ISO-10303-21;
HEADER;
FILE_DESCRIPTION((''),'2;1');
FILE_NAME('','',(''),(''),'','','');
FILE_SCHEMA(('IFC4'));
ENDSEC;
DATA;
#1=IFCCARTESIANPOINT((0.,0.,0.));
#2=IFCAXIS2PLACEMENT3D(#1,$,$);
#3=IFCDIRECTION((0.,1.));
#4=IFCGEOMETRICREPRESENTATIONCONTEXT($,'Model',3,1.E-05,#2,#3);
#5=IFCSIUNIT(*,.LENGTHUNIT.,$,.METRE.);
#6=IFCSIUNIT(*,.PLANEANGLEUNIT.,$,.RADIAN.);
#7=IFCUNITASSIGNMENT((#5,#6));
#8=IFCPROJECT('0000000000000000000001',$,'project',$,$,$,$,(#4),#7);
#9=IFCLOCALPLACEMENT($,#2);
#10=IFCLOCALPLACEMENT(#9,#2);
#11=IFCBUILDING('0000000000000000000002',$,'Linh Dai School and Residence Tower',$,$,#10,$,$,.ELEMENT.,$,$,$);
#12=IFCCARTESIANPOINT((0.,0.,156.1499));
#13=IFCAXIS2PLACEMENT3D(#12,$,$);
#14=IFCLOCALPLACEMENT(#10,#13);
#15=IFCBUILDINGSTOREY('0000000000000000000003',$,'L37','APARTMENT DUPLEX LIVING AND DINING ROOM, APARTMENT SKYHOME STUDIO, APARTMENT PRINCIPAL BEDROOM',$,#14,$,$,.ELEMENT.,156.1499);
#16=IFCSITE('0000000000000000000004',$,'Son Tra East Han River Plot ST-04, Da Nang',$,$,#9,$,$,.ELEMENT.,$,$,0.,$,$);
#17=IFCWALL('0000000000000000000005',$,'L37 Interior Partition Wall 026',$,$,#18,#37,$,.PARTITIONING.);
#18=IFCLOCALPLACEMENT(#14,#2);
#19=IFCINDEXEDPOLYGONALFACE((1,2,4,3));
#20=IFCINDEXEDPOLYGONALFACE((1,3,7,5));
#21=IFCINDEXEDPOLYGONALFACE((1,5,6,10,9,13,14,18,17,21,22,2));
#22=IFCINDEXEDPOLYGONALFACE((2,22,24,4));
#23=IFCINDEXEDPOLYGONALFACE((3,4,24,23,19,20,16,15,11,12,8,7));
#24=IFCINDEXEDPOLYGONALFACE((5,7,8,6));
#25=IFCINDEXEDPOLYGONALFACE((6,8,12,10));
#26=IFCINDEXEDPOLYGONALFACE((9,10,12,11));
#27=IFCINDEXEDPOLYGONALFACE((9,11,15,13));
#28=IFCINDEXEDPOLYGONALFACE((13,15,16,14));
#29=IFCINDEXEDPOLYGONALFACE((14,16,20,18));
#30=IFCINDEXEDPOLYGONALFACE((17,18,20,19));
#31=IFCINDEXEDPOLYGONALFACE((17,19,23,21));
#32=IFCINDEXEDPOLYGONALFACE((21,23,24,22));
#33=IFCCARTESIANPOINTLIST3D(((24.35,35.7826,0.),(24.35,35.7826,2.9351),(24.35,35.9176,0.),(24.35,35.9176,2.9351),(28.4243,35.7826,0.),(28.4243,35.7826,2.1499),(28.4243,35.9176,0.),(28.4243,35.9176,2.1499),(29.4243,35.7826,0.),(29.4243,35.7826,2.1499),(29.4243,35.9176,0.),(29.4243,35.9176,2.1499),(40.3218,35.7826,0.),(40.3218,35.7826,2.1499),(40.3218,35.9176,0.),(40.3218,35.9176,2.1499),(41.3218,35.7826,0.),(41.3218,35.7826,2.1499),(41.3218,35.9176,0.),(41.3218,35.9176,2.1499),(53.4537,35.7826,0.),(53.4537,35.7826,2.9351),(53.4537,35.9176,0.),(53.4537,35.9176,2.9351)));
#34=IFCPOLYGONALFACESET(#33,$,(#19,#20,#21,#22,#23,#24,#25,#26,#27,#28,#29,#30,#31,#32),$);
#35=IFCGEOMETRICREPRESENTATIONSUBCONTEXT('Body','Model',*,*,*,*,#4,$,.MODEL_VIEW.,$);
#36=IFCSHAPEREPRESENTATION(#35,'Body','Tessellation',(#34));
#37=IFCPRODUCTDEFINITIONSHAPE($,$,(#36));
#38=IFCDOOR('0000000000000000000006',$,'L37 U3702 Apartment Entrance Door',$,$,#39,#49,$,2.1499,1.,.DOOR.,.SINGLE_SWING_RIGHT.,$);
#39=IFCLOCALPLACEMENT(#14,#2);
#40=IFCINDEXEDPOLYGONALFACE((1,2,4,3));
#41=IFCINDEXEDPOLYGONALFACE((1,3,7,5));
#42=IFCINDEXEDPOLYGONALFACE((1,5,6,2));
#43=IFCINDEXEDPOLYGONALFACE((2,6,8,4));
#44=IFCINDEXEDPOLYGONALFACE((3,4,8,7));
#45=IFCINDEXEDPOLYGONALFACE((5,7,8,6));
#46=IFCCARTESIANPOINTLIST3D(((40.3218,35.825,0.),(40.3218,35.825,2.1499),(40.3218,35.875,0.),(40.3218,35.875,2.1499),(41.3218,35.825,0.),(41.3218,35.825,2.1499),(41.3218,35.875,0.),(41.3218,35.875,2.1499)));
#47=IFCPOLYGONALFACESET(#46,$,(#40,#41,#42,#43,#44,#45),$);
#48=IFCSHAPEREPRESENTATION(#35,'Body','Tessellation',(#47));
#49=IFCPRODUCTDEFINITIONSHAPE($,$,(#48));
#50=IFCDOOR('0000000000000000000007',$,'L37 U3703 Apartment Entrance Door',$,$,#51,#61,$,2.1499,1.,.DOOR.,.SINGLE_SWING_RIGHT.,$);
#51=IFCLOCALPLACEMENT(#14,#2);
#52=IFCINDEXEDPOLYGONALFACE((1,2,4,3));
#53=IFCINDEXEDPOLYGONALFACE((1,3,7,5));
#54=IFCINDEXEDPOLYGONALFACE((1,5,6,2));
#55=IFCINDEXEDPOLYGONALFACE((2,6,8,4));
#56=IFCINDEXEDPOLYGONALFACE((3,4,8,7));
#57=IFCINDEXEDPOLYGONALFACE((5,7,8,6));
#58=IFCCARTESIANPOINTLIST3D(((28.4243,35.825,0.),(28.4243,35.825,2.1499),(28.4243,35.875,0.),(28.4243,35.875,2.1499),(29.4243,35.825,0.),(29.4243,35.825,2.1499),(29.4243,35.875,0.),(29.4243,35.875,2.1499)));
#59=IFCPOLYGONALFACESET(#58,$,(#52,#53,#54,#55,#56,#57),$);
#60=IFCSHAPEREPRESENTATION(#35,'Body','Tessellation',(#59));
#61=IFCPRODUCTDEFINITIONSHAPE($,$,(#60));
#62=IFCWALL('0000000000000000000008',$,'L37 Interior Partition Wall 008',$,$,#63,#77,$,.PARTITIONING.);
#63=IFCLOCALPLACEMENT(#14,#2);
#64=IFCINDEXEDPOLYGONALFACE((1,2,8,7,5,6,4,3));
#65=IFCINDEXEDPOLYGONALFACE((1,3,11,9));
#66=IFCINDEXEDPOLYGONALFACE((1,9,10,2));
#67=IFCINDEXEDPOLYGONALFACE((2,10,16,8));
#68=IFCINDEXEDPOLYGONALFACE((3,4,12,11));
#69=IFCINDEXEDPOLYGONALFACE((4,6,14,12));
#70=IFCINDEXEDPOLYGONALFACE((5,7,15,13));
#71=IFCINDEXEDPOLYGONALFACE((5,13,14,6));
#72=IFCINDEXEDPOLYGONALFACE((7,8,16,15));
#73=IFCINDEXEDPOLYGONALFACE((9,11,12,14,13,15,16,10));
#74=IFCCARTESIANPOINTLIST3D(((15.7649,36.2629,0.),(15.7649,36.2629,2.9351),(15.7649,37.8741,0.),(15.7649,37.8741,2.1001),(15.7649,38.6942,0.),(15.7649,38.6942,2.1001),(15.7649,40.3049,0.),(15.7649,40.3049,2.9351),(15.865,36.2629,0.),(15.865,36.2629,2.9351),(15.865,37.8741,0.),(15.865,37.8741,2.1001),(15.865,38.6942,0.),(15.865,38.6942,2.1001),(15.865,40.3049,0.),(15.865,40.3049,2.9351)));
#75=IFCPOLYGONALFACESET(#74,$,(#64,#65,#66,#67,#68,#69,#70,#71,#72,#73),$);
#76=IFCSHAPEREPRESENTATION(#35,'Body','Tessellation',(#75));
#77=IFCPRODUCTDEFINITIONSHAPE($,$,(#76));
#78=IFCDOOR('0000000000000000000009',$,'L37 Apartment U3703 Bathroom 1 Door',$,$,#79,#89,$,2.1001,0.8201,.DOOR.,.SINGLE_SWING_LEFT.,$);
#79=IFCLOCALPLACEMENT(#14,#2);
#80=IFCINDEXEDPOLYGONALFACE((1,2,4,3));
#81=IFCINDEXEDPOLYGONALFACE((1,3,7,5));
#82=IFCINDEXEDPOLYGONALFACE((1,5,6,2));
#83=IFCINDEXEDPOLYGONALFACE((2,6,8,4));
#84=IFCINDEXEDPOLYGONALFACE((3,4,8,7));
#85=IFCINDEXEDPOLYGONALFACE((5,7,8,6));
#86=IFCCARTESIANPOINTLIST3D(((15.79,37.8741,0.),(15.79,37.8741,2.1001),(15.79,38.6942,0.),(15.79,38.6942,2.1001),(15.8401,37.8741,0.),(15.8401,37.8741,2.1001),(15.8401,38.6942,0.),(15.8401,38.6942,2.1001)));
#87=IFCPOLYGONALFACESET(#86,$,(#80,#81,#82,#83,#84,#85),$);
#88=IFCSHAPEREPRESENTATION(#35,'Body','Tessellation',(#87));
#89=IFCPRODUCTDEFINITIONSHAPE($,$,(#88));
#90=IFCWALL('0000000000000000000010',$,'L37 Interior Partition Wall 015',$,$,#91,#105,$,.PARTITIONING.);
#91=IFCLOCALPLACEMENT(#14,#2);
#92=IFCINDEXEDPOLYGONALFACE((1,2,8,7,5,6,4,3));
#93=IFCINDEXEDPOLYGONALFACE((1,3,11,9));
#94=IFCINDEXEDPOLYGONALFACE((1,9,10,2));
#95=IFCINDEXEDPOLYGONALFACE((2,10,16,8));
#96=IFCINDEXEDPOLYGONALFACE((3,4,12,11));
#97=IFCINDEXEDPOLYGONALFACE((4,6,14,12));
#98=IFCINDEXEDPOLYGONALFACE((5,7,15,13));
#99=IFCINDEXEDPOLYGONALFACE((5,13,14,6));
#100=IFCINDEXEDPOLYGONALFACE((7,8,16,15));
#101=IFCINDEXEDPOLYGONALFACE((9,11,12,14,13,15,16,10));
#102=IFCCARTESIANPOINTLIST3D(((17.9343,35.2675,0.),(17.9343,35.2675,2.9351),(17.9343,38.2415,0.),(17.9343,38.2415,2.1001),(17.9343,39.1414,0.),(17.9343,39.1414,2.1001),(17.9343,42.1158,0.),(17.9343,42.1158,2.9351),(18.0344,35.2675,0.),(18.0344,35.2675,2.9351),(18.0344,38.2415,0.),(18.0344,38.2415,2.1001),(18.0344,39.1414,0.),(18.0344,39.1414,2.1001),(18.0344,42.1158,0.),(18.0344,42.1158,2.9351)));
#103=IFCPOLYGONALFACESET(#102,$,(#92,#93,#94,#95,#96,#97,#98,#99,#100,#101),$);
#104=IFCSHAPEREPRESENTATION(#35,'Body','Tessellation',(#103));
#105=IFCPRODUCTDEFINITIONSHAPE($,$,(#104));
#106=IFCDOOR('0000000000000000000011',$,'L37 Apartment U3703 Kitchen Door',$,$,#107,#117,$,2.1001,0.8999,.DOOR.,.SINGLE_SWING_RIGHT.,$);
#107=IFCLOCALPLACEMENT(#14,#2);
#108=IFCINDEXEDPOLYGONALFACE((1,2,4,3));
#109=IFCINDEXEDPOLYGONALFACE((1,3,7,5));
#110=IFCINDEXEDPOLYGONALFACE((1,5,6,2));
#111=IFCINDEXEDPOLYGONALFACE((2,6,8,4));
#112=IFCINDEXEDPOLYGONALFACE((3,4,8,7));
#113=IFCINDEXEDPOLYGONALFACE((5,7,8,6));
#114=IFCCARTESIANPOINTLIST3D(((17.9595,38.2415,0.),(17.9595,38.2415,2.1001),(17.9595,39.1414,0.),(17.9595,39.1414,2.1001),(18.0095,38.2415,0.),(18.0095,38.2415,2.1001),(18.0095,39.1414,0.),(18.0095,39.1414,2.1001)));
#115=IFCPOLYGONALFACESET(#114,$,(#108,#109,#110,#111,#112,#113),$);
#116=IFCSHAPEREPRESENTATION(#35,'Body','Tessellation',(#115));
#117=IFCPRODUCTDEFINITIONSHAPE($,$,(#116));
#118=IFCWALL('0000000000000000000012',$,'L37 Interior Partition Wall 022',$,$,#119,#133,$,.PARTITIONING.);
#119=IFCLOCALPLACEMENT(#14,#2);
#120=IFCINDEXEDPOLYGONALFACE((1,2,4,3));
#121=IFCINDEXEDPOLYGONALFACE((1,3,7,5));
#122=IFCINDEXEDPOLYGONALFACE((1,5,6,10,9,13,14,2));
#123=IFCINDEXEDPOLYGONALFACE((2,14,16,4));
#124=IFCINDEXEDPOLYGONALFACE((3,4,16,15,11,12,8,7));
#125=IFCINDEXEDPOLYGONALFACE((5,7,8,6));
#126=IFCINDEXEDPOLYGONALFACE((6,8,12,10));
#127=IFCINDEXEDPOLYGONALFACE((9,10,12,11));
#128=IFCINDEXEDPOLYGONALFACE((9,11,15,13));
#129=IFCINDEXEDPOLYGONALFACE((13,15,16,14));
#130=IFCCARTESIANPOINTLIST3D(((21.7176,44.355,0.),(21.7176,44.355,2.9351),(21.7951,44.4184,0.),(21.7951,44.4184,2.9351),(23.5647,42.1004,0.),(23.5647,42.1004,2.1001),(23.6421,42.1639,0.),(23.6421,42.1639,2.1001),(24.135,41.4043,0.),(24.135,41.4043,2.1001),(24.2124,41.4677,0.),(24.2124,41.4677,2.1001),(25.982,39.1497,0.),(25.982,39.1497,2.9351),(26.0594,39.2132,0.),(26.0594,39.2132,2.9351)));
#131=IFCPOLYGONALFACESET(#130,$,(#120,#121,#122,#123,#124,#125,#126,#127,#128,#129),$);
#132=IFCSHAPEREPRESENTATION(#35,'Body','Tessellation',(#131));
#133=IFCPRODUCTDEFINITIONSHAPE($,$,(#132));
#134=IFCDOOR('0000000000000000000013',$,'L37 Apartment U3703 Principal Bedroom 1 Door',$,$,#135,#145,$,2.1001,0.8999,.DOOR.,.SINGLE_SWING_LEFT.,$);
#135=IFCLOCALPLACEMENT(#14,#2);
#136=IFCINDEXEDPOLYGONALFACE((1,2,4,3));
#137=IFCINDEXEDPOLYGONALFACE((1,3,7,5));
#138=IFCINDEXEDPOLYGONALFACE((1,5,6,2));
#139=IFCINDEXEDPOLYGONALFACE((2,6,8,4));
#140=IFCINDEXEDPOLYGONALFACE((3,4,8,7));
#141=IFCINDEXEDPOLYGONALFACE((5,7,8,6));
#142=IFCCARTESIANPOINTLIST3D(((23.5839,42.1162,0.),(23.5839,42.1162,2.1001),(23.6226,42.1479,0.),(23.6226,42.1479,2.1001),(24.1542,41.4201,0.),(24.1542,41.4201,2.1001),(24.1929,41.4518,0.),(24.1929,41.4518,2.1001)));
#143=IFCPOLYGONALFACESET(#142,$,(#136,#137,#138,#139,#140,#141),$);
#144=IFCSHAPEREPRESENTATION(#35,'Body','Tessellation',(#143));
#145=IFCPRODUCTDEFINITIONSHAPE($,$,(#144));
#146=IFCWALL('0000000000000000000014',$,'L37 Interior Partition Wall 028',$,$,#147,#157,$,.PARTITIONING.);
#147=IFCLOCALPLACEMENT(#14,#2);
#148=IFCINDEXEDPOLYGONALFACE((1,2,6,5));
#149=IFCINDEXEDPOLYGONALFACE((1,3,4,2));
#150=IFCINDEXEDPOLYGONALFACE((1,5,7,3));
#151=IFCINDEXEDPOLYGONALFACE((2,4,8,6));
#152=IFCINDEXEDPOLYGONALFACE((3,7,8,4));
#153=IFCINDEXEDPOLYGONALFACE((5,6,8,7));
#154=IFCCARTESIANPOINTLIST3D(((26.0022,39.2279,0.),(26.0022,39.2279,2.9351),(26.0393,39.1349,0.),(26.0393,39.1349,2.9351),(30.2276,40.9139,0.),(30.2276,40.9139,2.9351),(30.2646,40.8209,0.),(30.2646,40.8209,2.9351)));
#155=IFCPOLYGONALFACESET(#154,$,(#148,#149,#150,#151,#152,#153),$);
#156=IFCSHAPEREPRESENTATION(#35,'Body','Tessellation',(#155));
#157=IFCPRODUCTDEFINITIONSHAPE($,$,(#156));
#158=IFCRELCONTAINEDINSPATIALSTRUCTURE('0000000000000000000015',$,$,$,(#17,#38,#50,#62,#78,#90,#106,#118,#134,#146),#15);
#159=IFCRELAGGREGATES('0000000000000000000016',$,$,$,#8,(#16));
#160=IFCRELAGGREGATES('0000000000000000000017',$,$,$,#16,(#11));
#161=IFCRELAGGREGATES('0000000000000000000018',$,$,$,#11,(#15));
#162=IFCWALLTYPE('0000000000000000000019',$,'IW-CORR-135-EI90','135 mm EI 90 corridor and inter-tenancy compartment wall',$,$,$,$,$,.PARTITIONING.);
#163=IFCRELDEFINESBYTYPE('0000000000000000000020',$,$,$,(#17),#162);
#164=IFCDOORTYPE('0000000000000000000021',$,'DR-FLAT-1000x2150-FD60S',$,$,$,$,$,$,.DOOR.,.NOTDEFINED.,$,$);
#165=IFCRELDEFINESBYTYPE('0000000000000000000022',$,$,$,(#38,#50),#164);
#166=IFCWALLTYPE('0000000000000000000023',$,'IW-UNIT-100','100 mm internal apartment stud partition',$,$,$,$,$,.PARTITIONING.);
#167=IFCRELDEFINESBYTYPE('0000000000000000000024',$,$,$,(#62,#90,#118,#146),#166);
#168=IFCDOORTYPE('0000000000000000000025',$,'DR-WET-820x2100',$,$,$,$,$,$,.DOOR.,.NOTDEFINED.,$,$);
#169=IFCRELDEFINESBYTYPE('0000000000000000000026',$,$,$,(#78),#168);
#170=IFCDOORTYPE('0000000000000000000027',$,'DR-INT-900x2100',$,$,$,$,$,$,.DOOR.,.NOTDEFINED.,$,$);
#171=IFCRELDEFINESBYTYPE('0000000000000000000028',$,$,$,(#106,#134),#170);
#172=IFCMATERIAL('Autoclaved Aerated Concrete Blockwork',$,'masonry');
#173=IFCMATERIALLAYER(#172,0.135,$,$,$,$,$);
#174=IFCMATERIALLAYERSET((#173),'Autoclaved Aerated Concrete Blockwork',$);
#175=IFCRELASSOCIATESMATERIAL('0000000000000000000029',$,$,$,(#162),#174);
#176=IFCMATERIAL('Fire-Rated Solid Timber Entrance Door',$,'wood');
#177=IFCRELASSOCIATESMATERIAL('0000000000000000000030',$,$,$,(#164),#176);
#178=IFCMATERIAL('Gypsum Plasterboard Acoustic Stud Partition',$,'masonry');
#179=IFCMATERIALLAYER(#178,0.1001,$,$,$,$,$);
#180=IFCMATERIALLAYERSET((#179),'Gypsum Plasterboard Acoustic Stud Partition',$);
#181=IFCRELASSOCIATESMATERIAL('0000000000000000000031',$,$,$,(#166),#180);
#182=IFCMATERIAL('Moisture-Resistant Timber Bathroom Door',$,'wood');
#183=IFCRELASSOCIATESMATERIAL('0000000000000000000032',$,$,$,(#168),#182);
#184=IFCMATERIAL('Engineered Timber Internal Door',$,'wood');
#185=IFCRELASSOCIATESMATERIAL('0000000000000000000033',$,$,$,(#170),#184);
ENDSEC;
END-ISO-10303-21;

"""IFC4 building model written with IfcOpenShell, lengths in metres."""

from ifc_helpers import new_model, si_unit, direction, frame, frame_2d, origin, origin_2d, place, context, subcontext, project, spatial, rectangle, extrude, source, transform, mapped, material, layer, layer_set, type_object, element, fill, save


model = new_model("IFC4")

# Units and contexts
model_context = context("Model", 3, precision=1e-05, world=origin(), true_north=direction((0.0, 1.0)))
body_context = subcontext(model_context, "Body", "Model", "MODEL_VIEW")
ifc_project = project(units=[si_unit("LENGTHUNIT", "METRE"), si_unit("PLANEANGLEUNIT", "RADIAN")], contexts=[model_context])

# Site, building, storey
site_placement = place(None, origin())
site = spatial("IfcSite", under=ifc_project, at=site_placement, Name="Son Tra East Han River Plot ST-04, Da Nang", CompositionType="ELEMENT", RefElevation=0.0)
building_placement = place(site_placement, origin())
building = spatial("IfcBuilding", under=site, at=building_placement, Name="Linh Dai School and Residence Tower", CompositionType="ELEMENT")
storey_placement = place(building_placement, frame((0.0, 0.0, 156.1499)))
storey = spatial("IfcBuildingStorey", under=building, at=storey_placement, Name="L37", Description="APARTMENT DUPLEX LIVING AND DINING ROOM, APARTMENT SKYHOME STUDIO, APARTMENT PRINCIPAL BEDROOM", CompositionType="ELEMENT", Elevation=156.1499)

# Shared definitions
ifc_material_1 = material(Name="Autoclaved Aerated Concrete Blockwork", Category="masonry")
ifc_layer_1 = layer(ifc_material_1, 0.135)
ifc_layer_set_1 = layer_set([ifc_layer_1], Name="Autoclaved Aerated Concrete Blockwork")
wall_type_1 = type_object("IfcWallType", Name="IW-CORR-135-EI90", Description="135 mm EI 90 corridor and inter-tenancy compartment wall", PredefinedType="PARTITIONING", material=ifc_layer_set_1)

# Wall, openings, doors
wall_1_placement = place(storey_placement, frame((24.3501, 35.8501, 0.0), z_axis=(0.0, 0.0, 1.0), x_axis=(1.0, 0.0, 0.0)))
wall_1 = element("IfcWall", 1, at=wall_1_placement, inside=storey, type_object=wall_type_1, Name="L37 Interior Partition Wall 026", PredefinedType="PARTITIONING", context=body_context, shape_type="SweptSolid", body=[
    extrude(rectangle(XDim=29.1038, YDim=0.135, at=frame_2d((14.5518, 0.0))), origin(), (0.0, 0.0, 1.0), 2.9351),
])
opening_1_placement = place(wall_1_placement, frame((15.9717, 0.0, 0.0)))
opening_1 = element("IfcOpeningElement", 2, at=opening_1_placement, cuts=wall_1, PredefinedType="OPENING", context=body_context, shape_type="SweptSolid", body=[
    extrude(rectangle(XDim=1.0, YDim=2.1499, at=origin_2d()), frame((0.5, 0.0776, 1.075), z_axis=(0.0, -1.0, 0.0), x_axis=(1.0, 0.0, 0.0)), (0.0, 0.0, 1.0), 0.155),
])
opening_2_placement = place(wall_1_placement, frame((4.0742, 0.0, 0.0)))
opening_2 = element("IfcOpeningElement", 3, at=opening_2_placement, cuts=wall_1, PredefinedType="OPENING", context=body_context, shape_type="SweptSolid", body=[
    extrude(rectangle(XDim=1.0, YDim=2.1499, at=origin_2d()), frame((0.5, 0.0776, 1.075), z_axis=(0.0, -1.0, 0.0), x_axis=(1.0, 0.0, 0.0)), (0.0, 0.0, 1.0), 0.155),
])
ifc_material_2 = material(Name="Fire-Rated Solid Timber Entrance Door", Category="wood")
door_type_1 = type_object("IfcDoorType", Name="DR-FLAT-1000x2150-FD60S", OperationType="NOTDEFINED", PredefinedType="DOOR", material=ifc_material_2)
shared_shape_1 = source(origin(), body_context, "Body", "SweptSolid", [
    extrude(rectangle(XDim=1.0, YDim=2.1499, at=origin_2d()), frame((0.5, 0.0249, 1.075), z_axis=(0.0, -1.0, 0.0), x_axis=(1.0, 0.0, 0.0)), (0.0, 0.0, 1.0), 0.05),
])
door_1_placement = place(opening_1_placement, origin())
door_1 = element("IfcDoor", 4, at=door_1_placement, inside=storey, type_object=door_type_1, Name="L37 U3702 Apartment Entrance Door", OperationType="SINGLE_SWING_RIGHT", OverallHeight=2.1499, OverallWidth=1.0, PredefinedType="DOOR", context=body_context, shape_type="MappedRepresentation", body=[
    mapped(shared_shape_1, transform((0.0, 0.0, 0.0), x_axis=(1.0, 0.0, 0.0), y_axis=(0.0, 1.0, 0.0), z_axis=(0.0, 0.0, 1.0), scale=1.0)),
])
fill(opening_1, door_1)
door_2_placement = place(opening_2_placement, origin())
door_2 = element("IfcDoor", 5, at=door_2_placement, inside=storey, type_object=door_type_1, Name="L37 U3703 Apartment Entrance Door", OperationType="SINGLE_SWING_RIGHT", OverallHeight=2.1499, OverallWidth=1.0, PredefinedType="DOOR", context=body_context, shape_type="MappedRepresentation", body=[
    mapped(shared_shape_1, transform((0.0, 0.0, 0.0), x_axis=(1.0, 0.0, 0.0), y_axis=(0.0, 1.0, 0.0), z_axis=(0.0, 0.0, 1.0), scale=1.0)),
])
fill(opening_2, door_2)

# Walls, openings, doors
ifc_material_3 = material(Name="Gypsum Plasterboard Acoustic Stud Partition", Category="masonry")
ifc_layer_2 = layer(ifc_material_3, 0.1001)
ifc_layer_set_2 = layer_set([ifc_layer_2], Name="Gypsum Plasterboard Acoustic Stud Partition")
wall_type_2 = type_object("IfcWallType", Name="IW-UNIT-100", Description="100 mm internal apartment stud partition", PredefinedType="PARTITIONING", material=ifc_layer_set_2)
wall_2_placement = place(storey_placement, frame((15.8149, 36.2629, 0.0), z_axis=(0.0, 0.0, 1.0), x_axis=(0.0, 1.0, 0.0)))
wall_2 = element("IfcWall", 6, at=wall_2_placement, inside=storey, type_object=wall_type_2, Name="L37 Interior Partition Wall 008", PredefinedType="PARTITIONING", context=body_context, shape_type="SweptSolid", body=[
    extrude(rectangle(XDim=4.042, YDim=0.1001, at=frame_2d((2.021, 0.0))), origin(), (0.0, 0.0, 1.0), 2.9351),
])
opening_3_placement = place(wall_2_placement, frame((1.6111, 0.0, 0.0)))
opening_3 = element("IfcOpeningElement", 7, at=opening_3_placement, cuts=wall_2, PredefinedType="OPENING", context=body_context, shape_type="SweptSolid", body=[
    extrude(rectangle(XDim=0.8201, YDim=2.1001, at=origin_2d()), frame((0.4102, 0.0601, 1.05), z_axis=(0.0, -1.0, 0.0), x_axis=(1.0, 0.0, 0.0)), (0.0, 0.0, 1.0), 0.1201),
])
ifc_material_4 = material(Name="Moisture-Resistant Timber Bathroom Door", Category="wood")
door_type_2 = type_object("IfcDoorType", Name="DR-WET-820x2100", OperationType="NOTDEFINED", PredefinedType="DOOR", material=ifc_material_4)
shared_shape_2 = source(origin(), body_context, "Body", "SweptSolid", [
    extrude(rectangle(XDim=0.8201, YDim=2.1001, at=origin_2d()), frame((0.4102, 0.0249, 1.05), z_axis=(0.0, -1.0, 0.0), x_axis=(1.0, 0.0, 0.0)), (0.0, 0.0, 1.0), 0.05),
])
door_3_placement = place(opening_3_placement, origin())
door_3 = element("IfcDoor", 8, at=door_3_placement, inside=storey, type_object=door_type_2, Name="L37 Apartment U3703 Bathroom 1 Door", OperationType="SINGLE_SWING_LEFT", OverallHeight=2.1001, OverallWidth=0.8201, PredefinedType="DOOR", context=body_context, shape_type="MappedRepresentation", body=[
    mapped(shared_shape_2, transform((0.0, 0.0, 0.0), x_axis=(1.0, 0.0, 0.0), y_axis=(0.0, 1.0, 0.0), z_axis=(0.0, 0.0, 1.0), scale=1.0)),
])
fill(opening_3, door_3)
wall_3_placement = place(storey_placement, frame((17.9844, 35.2673, 0.0), z_axis=(0.0, 0.0, 1.0), x_axis=(0.0, 1.0, 0.0)))
wall_3 = element("IfcWall", 9, at=wall_3_placement, inside=storey, type_object=wall_type_2, Name="L37 Interior Partition Wall 015", PredefinedType="PARTITIONING", context=body_context, shape_type="SweptSolid", body=[
    extrude(rectangle(XDim=6.8484, YDim=0.1001, at=frame_2d((3.4243, 0.0))), origin(), (0.0, 0.0, 1.0), 2.9351),
])
opening_4_placement = place(wall_3_placement, frame((2.9741, 0.0, 0.0)))
opening_4 = element("IfcOpeningElement", 10, at=opening_4_placement, cuts=wall_3, PredefinedType="OPENING", context=body_context, shape_type="SweptSolid", body=[
    extrude(rectangle(XDim=0.8999, YDim=2.1001, at=origin_2d()), frame((0.45, 0.0601, 1.05), z_axis=(0.0, -1.0, 0.0), x_axis=(1.0, 0.0, 0.0)), (0.0, 0.0, 1.0), 0.1201),
])
ifc_material_5 = material(Name="Engineered Timber Internal Door", Category="wood")
door_type_3 = type_object("IfcDoorType", Name="DR-INT-900x2100", OperationType="NOTDEFINED", PredefinedType="DOOR", material=ifc_material_5)
shared_shape_3 = source(origin(), body_context, "Body", "SweptSolid", [
    extrude(rectangle(XDim=0.8999, YDim=2.1001, at=origin_2d()), frame((0.45, 0.0249, 1.05), z_axis=(0.0, -1.0, 0.0), x_axis=(1.0, 0.0, 0.0)), (0.0, 0.0, 1.0), 0.05),
])
door_4_placement = place(opening_4_placement, origin())
door_4 = element("IfcDoor", 11, at=door_4_placement, inside=storey, type_object=door_type_3, Name="L37 Apartment U3703 Kitchen Door", OperationType="SINGLE_SWING_RIGHT", OverallHeight=2.1001, OverallWidth=0.8999, PredefinedType="DOOR", context=body_context, shape_type="MappedRepresentation", body=[
    mapped(shared_shape_3, transform((0.0, 0.0, 0.0), x_axis=(1.0, 0.0, 0.0), y_axis=(0.0, 1.0, 0.0), z_axis=(0.0, 0.0, 1.0), scale=1.0)),
])
fill(opening_4, door_4)
wall_4_placement = place(storey_placement, frame((21.7563, 44.3867, 0.0), z_axis=(0.0, 0.0, 1.0), x_axis=(0.633728, -0.773556, 0.0)))
wall_4 = element("IfcWall", 12, at=wall_4_placement, inside=storey, type_object=wall_type_2, Name="L37 Interior Partition Wall 022", PredefinedType="PARTITIONING", context=body_context, shape_type="SweptSolid", body=[
    extrude(rectangle(XDim=6.729, YDim=0.1001, at=frame_2d((3.3645, 0.0))), origin(), (0.0, 0.0, 1.0), 2.9351),
])
opening_5_placement = place(wall_4_placement, frame((2.9146, 0.0, 0.0)))
opening_5 = element("IfcOpeningElement", 13, at=opening_5_placement, cuts=wall_4, PredefinedType="OPENING", context=body_context, shape_type="SweptSolid", body=[
    extrude(rectangle(XDim=0.8999, YDim=2.1001, at=origin_2d()), frame((0.45, 0.0601, 1.05), z_axis=(0.0, -1.0, 0.0), x_axis=(1.0, 0.0, 0.0)), (0.0, 0.0, 1.0), 0.1201),
])
door_5_placement = place(opening_5_placement, origin())
door_5 = element("IfcDoor", 14, at=door_5_placement, inside=storey, type_object=door_type_3, Name="L37 Apartment U3703 Principal Bedroom 1 Door", OperationType="SINGLE_SWING_LEFT", OverallHeight=2.1001, OverallWidth=0.8999, PredefinedType="DOOR", context=body_context, shape_type="MappedRepresentation", body=[
    mapped(shared_shape_3, transform((0.0, 0.0, 0.0), x_axis=(1.0, 0.0, 0.0), y_axis=(0.0, 1.0, 0.0), z_axis=(0.0, 0.0, 1.0), scale=1.0)),
])
fill(opening_5, door_5)

# Wall
wall_5_placement = place(storey_placement, frame((26.0208, 39.1814, 0.0), z_axis=(0.0, 0.0, 1.0), x_axis=(0.928787, 0.370613, 0.0)))
element("IfcWall", 15, at=wall_5_placement, inside=storey, type_object=wall_type_2, Name="L37 Interior Partition Wall 028", PredefinedType="PARTITIONING", context=body_context, shape_type="SweptSolid", body=[
    extrude(rectangle(XDim=4.5493, YDim=0.1001, at=frame_2d((2.2747, 0.0))), origin(), (0.0, 0.0, 1.0), 2.9351),
])

save(model, "model.ifc")
